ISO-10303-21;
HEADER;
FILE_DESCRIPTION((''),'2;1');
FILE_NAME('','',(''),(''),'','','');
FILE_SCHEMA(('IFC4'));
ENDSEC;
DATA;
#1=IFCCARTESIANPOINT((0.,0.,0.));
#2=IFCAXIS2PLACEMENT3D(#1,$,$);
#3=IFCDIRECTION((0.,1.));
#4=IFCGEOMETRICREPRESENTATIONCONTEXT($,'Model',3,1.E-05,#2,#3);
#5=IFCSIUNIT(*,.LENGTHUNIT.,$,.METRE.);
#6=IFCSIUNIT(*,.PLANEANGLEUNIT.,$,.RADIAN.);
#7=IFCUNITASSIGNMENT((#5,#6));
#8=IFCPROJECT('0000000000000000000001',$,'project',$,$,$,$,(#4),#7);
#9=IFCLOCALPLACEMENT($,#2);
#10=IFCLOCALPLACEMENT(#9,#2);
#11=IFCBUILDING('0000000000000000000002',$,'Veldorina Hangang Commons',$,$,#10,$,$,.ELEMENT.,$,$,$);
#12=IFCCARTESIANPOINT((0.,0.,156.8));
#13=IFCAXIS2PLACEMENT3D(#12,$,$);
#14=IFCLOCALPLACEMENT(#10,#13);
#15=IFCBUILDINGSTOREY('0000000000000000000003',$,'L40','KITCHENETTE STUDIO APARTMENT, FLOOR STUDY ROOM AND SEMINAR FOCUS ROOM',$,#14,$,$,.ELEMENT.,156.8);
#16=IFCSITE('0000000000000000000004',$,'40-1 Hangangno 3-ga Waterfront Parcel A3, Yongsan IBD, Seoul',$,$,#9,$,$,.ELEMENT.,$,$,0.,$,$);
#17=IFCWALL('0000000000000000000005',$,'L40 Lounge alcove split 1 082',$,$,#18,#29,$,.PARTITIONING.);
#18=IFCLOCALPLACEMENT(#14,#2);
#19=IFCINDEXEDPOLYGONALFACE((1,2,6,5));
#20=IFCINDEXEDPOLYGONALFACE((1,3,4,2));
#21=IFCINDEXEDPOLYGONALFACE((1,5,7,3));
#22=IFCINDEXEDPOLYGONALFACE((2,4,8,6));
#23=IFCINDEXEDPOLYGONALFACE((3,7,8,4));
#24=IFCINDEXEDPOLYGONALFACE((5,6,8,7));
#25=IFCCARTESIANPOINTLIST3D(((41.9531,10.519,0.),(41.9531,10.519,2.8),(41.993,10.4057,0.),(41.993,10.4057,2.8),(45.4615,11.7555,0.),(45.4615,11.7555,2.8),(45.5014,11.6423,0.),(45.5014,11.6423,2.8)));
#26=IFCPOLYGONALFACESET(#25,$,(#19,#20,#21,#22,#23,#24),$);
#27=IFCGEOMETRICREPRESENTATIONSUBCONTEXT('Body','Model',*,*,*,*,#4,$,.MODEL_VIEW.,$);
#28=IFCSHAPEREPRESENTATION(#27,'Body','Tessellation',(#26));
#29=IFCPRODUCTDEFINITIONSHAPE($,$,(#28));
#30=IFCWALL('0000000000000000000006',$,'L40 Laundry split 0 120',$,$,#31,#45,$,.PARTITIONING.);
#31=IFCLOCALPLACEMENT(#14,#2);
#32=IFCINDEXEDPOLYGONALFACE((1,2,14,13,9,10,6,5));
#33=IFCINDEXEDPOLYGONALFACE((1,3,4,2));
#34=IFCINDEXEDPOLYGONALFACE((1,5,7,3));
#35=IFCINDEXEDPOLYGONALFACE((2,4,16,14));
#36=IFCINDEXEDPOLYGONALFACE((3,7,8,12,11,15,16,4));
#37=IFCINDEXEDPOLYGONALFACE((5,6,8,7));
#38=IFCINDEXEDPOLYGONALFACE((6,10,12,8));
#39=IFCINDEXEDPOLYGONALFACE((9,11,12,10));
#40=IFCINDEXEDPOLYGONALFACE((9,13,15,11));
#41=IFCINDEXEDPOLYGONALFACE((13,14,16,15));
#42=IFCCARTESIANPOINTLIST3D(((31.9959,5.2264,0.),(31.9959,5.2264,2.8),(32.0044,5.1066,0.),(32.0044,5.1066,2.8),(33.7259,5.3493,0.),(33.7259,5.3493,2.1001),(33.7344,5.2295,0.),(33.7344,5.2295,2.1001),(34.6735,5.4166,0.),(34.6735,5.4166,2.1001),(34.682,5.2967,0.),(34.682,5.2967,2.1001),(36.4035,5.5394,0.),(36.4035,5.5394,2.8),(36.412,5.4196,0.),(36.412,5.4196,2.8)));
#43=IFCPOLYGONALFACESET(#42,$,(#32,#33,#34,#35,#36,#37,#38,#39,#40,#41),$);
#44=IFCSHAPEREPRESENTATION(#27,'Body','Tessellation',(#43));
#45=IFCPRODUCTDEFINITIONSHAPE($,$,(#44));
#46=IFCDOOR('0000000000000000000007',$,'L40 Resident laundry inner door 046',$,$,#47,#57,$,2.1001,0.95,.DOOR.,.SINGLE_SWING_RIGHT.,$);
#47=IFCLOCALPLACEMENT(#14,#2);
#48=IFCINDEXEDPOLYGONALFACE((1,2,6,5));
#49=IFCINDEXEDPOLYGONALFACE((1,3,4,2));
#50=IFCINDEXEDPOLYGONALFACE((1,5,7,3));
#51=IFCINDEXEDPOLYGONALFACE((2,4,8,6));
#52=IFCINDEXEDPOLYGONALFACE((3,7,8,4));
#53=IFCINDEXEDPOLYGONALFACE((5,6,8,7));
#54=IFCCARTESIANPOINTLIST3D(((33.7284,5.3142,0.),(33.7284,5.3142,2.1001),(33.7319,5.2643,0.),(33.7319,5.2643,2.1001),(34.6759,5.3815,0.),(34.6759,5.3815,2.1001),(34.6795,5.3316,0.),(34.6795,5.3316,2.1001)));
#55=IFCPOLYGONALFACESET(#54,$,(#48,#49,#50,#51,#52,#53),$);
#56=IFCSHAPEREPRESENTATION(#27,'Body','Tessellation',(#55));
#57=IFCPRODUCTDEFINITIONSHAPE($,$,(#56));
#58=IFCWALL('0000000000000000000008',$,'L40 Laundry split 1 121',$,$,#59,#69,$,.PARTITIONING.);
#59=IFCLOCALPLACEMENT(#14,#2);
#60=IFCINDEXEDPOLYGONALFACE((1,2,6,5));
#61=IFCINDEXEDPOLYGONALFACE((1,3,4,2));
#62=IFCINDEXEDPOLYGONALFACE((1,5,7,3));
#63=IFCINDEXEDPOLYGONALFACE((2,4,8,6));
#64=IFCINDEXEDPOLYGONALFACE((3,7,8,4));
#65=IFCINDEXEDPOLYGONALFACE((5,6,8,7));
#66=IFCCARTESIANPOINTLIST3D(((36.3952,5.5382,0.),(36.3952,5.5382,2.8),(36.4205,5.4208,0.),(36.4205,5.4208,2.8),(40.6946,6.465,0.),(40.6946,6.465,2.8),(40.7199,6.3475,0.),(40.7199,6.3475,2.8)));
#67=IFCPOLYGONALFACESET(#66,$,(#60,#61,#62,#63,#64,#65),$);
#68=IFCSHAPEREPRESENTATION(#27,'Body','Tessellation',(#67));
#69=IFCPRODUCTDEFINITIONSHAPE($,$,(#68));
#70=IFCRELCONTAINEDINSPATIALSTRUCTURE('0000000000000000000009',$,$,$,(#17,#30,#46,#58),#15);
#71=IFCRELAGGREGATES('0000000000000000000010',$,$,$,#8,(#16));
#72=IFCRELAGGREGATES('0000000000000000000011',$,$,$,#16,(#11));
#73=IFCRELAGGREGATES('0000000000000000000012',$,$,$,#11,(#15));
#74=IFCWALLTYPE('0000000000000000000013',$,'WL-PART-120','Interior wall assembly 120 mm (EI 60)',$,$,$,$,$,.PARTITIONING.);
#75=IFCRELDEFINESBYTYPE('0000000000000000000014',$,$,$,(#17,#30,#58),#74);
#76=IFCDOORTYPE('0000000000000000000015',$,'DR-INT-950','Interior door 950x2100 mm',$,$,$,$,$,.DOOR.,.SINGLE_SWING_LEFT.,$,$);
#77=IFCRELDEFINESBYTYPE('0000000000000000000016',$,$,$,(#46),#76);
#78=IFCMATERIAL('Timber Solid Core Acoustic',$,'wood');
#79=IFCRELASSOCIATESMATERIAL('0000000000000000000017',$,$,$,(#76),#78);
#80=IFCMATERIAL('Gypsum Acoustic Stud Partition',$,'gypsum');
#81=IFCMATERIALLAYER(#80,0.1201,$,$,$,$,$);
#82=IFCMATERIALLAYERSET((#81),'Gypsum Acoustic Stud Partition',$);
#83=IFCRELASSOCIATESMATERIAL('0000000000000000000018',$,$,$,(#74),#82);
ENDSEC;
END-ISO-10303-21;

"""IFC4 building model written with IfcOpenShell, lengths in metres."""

from ifc_helpers import new_model, si_unit, direction, frame, frame_2d, origin, place, context, subcontext, project, spatial, rectangle, extrude, material, layer, layer_set, type_object, element, fill, save


model = new_model("IFC4")

# Units and contexts
model_context = context("Model", 3, precision=1e-05, world=origin(), true_north=direction((0.0, 1.0)))
body_context = subcontext(model_context, "Body", "Model", "MODEL_VIEW")
ifc_project = project(units=[si_unit("LENGTHUNIT", "METRE"), si_unit("PLANEANGLEUNIT", "RADIAN")], contexts=[model_context])

# Site, building, storey
site_placement = place(None, origin())
site = spatial("IfcSite", under=ifc_project, at=site_placement, Name="40-1 Hangangno 3-ga Waterfront Parcel A3, Yongsan IBD, Seoul", CompositionType="ELEMENT", RefElevation=0.0)
building_placement = place(site_placement, origin())
building = spatial("IfcBuilding", under=site, at=building_placement, Name="Veldorina Hangang Commons", CompositionType="ELEMENT")
storey_placement = place(building_placement, frame((0.0, 0.0, 156.8)))
storey = spatial("IfcBuildingStorey", under=building, at=storey_placement, Name="L40", Description="KITCHENETTE STUDIO APARTMENT, FLOOR STUDY ROOM AND SEMINAR FOCUS ROOM", CompositionType="ELEMENT", Elevation=156.8)

# Shared definitions
ifc_material_1 = material(Name="Timber Solid Core Acoustic", Category="wood")
door_type_1 = type_object("IfcDoorType", Name="DR-INT-950", Description="Interior door 950x2100 mm", OperationType="SINGLE_SWING_LEFT", PredefinedType="DOOR", material=ifc_material_1)

# Shared definitions
ifc_material_2 = material(Name="Gypsum Acoustic Stud Partition", Category="gypsum")
ifc_layer_1 = layer(ifc_material_2, 0.1201)
ifc_layer_set_1 = layer_set([ifc_layer_1], Name="Gypsum Acoustic Stud Partition")
wall_type_1 = type_object("IfcWallType", Name="WL-PART-120", Description="Interior wall assembly 120 mm (EI 60)", PredefinedType="PARTITIONING", material=ifc_layer_set_1)

# Wall
wall_1_placement = place(storey_placement, frame((41.9731, 10.4624, 0.0), z_axis=(0.0, 0.0, 1.0), x_axis=(0.943137, 0.332405, 0.0)))
element("IfcWall", 1, at=wall_1_placement, inside=storey, type_object=wall_type_1, Name="L40 Lounge alcove split 1 082", PredefinedType="PARTITIONING", context=body_context, shape_type="SweptSolid", body=[
    extrude(rectangle(XDim=3.72, YDim=0.1201, at=frame_2d((1.8599, 0.0))), origin(), (0.0, 0.0, 1.0), 2.8),
])

# Wall, opening, door
wall_2_placement = place(storey_placement, frame((32.0, 5.1665, 0.0), z_axis=(0.0, 0.0, 1.0), x_axis=(0.997488, 0.070831, 0.0)))
wall_2 = element("IfcWall", 2, at=wall_2_placement, inside=storey, type_object=wall_type_1, Name="L40 Laundry split 0 120", PredefinedType="PARTITIONING", context=body_context, shape_type="SweptSolid", body=[
    extrude(rectangle(XDim=4.4187, YDim=0.1201, at=frame_2d((2.2095, 0.0))), origin(), (0.0, 0.0, 1.0), 2.8),
])
opening_1_placement = place(wall_2_placement, frame((1.7344, 0.0, 0.0)))
opening_1 = element("IfcOpeningElement", 3, at=opening_1_placement, cuts=wall_2, PredefinedType="OPENING", context=body_context, shape_type="SweptSolid", body=[
    extrude(rectangle(XDim=0.95, YDim=2.1001, at=frame_2d((0.4751, 1.05))), frame((0.0, 0.0701, 0.0), z_axis=(0.0, -1.0, 0.0), x_axis=(1.0, 0.0, 0.0)), (0.0, 0.0, 1.0), 0.1401),
])
door_1_placement = place(opening_1_placement, origin())
door_1 = element("IfcDoor", 4, at=door_1_placement, inside=storey, type_object=door_type_1, Name="L40 Resident laundry inner door 046", OperationType="SINGLE_SWING_RIGHT", OverallHeight=2.1001, OverallWidth=0.95, PredefinedType="DOOR", context=body_context, shape_type="SweptSolid", body=[
    extrude(rectangle(XDim=0.95, YDim=2.1001, at=frame_2d((0.4751, 1.05))), frame((0.0, 0.0249, 0.0), z_axis=(0.0, -1.0, 0.0), x_axis=(1.0, 0.0, 0.0)), (0.0, 0.0, 1.0), 0.05),
])
fill(opening_1, door_1)

# Wall
wall_3_placement = place(storey_placement, frame((36.4077, 5.4795, 0.0), z_axis=(0.0, 0.0, 1.0), x_axis=(0.977549, 0.210708, 0.0)))
element("IfcWall", 5, at=wall_3_placement, inside=storey, type_object=wall_type_1, Name="L40 Laundry split 1 121", PredefinedType="PARTITIONING", context=body_context, shape_type="SweptSolid", body=[
    extrude(rectangle(XDim=4.3982, YDim=0.1201, at=frame_2d((2.1992, 0.0))), origin(), (0.0, 0.0, 1.0), 2.8),
])

save(model, "model.ifc")
